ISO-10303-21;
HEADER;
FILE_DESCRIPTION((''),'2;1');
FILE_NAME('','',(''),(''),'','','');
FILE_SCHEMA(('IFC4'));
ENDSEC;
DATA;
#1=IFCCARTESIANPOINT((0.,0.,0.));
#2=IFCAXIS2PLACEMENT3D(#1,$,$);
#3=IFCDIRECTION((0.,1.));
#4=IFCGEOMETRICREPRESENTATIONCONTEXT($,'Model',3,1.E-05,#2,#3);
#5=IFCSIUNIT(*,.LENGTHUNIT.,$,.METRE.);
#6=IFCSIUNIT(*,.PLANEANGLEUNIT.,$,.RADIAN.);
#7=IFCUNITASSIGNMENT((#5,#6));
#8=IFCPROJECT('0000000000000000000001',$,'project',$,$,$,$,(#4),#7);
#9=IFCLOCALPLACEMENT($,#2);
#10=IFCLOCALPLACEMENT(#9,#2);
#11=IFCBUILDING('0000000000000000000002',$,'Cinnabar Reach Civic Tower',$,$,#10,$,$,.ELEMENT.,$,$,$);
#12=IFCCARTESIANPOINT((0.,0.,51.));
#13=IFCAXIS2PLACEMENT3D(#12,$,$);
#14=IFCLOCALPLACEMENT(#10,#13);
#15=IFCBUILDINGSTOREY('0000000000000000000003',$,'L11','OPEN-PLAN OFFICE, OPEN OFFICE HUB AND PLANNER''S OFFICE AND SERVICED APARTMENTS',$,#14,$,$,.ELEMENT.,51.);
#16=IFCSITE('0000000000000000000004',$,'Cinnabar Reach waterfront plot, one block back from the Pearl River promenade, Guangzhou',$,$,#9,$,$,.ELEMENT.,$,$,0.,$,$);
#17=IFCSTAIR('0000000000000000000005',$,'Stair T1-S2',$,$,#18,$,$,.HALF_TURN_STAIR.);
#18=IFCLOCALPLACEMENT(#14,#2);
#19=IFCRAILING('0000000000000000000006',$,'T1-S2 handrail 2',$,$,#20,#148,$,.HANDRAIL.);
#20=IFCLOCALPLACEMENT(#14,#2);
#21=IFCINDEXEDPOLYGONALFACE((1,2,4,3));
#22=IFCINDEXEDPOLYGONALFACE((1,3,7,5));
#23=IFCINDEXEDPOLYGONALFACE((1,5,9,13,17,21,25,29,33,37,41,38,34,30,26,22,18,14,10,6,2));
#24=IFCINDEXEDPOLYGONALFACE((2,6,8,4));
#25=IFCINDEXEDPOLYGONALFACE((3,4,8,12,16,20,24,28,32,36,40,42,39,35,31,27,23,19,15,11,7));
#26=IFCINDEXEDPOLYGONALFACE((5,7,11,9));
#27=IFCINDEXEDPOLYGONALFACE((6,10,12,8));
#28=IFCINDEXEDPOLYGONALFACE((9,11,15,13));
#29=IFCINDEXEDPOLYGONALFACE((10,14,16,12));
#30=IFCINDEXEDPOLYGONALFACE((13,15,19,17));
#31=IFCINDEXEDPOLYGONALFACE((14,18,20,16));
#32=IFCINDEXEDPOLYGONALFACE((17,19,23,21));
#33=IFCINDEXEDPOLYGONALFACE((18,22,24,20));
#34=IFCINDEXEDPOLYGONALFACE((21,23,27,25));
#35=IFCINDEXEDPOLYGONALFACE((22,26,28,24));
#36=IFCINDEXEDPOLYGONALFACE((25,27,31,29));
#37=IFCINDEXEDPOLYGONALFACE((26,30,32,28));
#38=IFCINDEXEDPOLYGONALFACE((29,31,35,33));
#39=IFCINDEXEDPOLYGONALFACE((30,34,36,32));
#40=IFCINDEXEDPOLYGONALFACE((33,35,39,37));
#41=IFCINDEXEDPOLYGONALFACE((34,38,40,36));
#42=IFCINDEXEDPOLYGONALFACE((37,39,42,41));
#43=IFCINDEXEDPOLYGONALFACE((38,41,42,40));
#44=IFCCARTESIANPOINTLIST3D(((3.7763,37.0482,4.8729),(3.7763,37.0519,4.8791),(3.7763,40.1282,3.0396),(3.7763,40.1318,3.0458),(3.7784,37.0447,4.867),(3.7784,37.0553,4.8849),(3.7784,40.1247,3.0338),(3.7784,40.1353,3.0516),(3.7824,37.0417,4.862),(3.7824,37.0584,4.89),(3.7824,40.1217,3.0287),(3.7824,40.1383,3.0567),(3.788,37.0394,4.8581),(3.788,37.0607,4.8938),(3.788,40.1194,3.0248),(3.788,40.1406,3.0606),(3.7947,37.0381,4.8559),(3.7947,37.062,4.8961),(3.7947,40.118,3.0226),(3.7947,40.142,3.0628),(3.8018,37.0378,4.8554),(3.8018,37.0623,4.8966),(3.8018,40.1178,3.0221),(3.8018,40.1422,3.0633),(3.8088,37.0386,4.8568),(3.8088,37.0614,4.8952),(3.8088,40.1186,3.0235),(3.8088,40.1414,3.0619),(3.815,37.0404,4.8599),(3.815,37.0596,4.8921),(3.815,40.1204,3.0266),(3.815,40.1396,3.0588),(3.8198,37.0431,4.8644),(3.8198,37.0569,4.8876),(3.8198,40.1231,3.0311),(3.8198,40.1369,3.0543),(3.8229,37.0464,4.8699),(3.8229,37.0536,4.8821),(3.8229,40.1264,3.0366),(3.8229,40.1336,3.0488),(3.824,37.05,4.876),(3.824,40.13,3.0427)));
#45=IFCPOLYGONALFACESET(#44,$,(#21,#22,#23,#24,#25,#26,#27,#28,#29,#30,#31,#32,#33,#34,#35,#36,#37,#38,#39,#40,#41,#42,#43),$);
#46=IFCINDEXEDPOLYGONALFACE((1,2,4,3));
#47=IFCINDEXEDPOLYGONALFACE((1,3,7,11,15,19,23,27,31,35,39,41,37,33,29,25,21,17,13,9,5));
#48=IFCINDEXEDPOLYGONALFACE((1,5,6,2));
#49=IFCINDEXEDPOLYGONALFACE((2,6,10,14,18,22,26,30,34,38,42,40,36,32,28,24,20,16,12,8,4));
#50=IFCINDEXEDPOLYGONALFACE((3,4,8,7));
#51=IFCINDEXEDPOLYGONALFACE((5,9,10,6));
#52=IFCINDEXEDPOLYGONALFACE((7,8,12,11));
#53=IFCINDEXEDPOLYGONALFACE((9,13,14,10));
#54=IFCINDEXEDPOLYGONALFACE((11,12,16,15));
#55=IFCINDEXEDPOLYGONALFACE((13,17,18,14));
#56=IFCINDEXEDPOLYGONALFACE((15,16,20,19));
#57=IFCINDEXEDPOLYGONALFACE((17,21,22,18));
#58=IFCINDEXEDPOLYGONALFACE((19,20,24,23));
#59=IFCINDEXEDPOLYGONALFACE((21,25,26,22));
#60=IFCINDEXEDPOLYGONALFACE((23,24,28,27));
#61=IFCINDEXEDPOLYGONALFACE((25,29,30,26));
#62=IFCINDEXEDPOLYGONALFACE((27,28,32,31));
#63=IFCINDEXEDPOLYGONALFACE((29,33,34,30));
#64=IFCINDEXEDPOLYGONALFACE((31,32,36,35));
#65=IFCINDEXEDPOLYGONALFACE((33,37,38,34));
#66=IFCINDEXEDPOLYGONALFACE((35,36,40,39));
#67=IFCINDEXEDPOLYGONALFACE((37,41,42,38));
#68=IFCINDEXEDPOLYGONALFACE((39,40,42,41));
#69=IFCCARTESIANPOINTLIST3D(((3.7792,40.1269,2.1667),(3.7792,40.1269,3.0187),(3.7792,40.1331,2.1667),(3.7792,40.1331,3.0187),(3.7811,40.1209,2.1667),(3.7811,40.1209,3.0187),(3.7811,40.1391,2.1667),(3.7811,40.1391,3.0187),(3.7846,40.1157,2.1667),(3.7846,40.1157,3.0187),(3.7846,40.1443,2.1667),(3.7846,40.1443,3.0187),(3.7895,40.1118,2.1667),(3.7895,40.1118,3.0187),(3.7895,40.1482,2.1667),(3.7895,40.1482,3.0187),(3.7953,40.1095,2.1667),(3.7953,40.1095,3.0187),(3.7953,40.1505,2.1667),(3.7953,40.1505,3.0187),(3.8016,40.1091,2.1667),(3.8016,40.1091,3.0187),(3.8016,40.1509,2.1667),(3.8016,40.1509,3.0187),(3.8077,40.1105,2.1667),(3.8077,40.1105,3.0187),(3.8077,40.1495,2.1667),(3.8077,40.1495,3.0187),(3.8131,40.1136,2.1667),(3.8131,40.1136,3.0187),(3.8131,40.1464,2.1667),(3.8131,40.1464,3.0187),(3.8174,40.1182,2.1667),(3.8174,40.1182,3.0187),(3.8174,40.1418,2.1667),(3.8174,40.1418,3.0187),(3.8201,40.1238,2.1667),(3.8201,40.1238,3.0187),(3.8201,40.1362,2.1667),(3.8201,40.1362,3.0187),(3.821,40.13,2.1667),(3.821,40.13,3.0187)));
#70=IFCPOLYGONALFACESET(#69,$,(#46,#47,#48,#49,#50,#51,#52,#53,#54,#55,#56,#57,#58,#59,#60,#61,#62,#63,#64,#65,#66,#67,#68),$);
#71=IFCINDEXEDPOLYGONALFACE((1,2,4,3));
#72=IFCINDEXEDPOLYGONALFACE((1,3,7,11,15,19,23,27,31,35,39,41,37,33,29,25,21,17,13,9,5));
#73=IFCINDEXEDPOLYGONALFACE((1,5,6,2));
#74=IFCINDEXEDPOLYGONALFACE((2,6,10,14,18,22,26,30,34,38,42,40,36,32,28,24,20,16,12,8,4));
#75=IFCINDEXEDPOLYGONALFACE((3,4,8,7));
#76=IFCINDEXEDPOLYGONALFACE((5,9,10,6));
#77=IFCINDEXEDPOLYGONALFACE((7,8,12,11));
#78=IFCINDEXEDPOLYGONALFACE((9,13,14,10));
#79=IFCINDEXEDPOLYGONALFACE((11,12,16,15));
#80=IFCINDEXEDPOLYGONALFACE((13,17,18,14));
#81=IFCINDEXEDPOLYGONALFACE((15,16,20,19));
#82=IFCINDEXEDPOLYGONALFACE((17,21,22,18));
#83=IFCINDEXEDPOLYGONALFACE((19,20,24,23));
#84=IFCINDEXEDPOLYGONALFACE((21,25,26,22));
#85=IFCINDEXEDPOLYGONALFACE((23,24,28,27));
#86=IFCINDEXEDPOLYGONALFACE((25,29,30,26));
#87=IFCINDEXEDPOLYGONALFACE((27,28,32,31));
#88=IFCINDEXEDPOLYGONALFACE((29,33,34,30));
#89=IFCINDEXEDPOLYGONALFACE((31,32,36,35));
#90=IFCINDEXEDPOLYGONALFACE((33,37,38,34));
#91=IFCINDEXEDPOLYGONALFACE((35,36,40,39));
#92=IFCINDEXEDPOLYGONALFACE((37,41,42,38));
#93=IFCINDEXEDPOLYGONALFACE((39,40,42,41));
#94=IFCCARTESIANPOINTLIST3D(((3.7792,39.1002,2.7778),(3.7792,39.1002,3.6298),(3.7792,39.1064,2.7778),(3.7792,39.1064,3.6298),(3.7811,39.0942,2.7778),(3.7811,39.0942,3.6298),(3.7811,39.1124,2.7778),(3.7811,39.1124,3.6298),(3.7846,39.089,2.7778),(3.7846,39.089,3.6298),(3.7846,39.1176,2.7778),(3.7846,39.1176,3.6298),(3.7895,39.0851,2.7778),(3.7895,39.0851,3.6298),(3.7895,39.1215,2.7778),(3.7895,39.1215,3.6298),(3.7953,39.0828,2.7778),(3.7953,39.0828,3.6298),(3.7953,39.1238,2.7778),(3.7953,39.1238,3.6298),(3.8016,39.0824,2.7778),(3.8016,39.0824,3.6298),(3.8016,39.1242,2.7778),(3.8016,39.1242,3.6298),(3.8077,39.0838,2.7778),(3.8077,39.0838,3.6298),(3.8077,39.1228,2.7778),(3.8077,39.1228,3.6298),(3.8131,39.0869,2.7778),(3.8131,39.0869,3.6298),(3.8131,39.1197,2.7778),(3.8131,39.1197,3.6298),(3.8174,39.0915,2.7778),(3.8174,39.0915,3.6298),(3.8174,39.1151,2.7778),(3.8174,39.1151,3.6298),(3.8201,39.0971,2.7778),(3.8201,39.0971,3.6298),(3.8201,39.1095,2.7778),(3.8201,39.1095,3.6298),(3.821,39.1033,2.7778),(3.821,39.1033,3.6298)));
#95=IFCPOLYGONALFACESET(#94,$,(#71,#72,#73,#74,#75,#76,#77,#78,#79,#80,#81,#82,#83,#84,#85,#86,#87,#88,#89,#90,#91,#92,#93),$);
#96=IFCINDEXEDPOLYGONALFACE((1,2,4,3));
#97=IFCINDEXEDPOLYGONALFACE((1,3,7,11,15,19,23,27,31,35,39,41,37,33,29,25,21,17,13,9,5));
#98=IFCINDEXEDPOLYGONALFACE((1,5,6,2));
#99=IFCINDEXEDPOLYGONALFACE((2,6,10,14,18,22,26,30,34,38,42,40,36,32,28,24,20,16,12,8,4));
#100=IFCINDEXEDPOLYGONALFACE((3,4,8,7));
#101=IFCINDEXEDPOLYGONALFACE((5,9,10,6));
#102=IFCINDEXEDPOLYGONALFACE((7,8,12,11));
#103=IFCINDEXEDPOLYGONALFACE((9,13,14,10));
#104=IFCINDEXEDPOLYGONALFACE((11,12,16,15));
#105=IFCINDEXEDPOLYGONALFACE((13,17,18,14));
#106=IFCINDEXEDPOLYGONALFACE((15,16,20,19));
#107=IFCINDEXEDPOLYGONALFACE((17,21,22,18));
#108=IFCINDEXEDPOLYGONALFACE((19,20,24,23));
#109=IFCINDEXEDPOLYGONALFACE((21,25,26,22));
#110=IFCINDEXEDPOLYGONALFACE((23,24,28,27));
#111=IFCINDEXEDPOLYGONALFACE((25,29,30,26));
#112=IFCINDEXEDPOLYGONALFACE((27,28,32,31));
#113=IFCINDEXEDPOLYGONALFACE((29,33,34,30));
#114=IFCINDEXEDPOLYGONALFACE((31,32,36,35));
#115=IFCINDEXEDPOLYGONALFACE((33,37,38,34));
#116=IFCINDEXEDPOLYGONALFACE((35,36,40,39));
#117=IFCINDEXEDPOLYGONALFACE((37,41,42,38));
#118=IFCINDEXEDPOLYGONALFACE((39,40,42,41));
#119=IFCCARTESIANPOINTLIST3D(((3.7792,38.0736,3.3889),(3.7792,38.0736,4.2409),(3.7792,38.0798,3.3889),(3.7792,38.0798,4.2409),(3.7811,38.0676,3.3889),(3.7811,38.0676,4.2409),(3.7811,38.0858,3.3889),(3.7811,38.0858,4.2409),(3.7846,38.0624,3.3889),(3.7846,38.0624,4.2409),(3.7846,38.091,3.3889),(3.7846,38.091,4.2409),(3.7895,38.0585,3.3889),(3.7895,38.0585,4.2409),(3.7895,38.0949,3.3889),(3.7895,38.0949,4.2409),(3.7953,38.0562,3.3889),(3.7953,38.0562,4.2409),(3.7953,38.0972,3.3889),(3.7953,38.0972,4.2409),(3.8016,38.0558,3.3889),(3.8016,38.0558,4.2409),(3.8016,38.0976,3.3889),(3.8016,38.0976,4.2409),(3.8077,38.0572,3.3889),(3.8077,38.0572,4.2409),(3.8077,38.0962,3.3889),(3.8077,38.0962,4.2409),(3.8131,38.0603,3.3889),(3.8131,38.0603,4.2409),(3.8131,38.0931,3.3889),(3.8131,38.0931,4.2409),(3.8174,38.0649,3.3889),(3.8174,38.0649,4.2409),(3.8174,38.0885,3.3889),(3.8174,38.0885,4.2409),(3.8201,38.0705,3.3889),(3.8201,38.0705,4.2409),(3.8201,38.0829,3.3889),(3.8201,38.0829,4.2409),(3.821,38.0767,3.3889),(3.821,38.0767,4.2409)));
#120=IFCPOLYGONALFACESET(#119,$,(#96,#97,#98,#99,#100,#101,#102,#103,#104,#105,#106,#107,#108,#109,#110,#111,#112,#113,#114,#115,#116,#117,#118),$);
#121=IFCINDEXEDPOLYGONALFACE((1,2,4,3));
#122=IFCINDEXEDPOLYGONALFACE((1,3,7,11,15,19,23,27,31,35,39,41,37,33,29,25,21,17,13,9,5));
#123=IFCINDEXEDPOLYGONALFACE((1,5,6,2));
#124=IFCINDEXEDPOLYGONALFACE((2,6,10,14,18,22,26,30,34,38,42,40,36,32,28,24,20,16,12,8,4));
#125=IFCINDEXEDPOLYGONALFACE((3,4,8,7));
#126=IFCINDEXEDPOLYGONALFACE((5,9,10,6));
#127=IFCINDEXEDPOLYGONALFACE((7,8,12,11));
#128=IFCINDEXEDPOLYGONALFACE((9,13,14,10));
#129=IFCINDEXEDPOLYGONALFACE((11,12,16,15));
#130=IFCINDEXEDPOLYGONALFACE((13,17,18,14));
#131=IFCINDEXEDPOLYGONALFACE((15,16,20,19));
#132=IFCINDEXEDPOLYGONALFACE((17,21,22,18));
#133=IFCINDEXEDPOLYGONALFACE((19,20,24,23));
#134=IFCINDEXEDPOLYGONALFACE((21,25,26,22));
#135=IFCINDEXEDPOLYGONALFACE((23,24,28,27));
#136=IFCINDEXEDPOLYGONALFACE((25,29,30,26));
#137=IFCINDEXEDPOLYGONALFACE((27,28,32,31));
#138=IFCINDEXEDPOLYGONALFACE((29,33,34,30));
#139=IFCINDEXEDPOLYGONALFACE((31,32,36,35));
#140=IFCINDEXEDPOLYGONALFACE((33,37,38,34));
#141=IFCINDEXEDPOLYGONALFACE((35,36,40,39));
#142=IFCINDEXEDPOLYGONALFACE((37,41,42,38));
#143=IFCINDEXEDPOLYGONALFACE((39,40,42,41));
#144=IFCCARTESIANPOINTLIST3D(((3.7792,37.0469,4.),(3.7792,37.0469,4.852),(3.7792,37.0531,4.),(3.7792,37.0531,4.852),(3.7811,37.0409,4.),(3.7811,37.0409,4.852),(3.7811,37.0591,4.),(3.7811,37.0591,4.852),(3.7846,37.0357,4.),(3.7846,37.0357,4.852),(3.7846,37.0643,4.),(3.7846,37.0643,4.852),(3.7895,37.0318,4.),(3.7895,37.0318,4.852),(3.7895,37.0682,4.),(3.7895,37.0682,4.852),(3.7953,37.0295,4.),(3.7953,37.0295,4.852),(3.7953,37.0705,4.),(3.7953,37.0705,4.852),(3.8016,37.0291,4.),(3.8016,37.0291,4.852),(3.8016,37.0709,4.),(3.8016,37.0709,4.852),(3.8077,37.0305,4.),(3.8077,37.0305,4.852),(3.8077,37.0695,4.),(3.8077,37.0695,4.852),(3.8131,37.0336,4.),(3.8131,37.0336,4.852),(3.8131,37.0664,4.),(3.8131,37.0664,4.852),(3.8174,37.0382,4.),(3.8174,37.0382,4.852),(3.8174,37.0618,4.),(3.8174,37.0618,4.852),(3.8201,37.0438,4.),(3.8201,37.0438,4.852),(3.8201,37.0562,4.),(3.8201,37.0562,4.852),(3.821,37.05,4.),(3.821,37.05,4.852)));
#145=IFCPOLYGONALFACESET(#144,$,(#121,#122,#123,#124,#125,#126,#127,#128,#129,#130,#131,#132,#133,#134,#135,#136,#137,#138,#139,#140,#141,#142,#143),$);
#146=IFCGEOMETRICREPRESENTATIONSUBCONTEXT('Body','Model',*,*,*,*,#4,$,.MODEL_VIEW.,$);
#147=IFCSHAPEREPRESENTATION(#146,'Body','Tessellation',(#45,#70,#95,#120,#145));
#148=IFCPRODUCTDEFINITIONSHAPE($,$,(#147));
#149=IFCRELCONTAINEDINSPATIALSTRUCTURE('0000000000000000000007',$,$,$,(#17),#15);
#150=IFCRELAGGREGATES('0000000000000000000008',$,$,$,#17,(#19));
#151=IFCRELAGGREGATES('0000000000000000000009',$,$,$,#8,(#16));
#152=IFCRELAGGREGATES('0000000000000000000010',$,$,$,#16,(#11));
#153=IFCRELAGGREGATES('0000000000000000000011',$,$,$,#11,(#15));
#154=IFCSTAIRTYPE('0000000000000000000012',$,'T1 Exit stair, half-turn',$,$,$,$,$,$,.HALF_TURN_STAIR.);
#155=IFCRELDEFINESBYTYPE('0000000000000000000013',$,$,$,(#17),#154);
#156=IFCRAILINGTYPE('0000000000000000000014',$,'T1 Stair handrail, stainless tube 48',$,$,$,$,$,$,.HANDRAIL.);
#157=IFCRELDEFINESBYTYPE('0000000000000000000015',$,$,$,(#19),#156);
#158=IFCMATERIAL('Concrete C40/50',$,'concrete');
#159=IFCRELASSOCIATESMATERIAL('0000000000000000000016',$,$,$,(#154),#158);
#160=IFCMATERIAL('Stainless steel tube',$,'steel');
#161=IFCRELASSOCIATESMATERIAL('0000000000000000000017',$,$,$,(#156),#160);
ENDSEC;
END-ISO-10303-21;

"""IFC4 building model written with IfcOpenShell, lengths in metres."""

from ifc_helpers import new_model, si_unit, direction, frame, origin, origin_2d, place, context, subcontext, project, spatial, circle, extrude, material, type_object, element, aggregate, save


model = new_model("IFC4")

# Units and contexts
model_context = context("Model", 3, precision=1e-05, world=origin(), true_north=direction((0.0, 1.0)))
body_context = subcontext(model_context, "Body", "Model", "MODEL_VIEW")
ifc_project = project(units=[si_unit("LENGTHUNIT", "METRE"), si_unit("PLANEANGLEUNIT", "RADIAN")], contexts=[model_context])

# Site, building, storey
site_placement = place(None, origin())
site = spatial("IfcSite", under=ifc_project, at=site_placement, Name="Cinnabar Reach waterfront plot, one block back from the Pearl River promenade, Guangzhou", CompositionType="ELEMENT", RefElevation=0.0)
building_placement = place(site_placement, origin())
building = spatial("IfcBuilding", under=site, at=building_placement, Name="Cinnabar Reach Civic Tower", CompositionType="ELEMENT")
storey_placement = place(building_placement, frame((0.0, 0.0, 51.0)))
storey = spatial("IfcBuildingStorey", under=building, at=storey_placement, Name="L11", Description="OPEN-PLAN OFFICE, OPEN OFFICE HUB AND PLANNER'S OFFICE AND SERVICED APARTMENTS", CompositionType="ELEMENT", Elevation=51.0)

# Shared definitions
ifc_material_1 = material(Name="Concrete C40/50", Category="concrete")

# Stair, railing
stair_type = type_object("IfcStairType", Name="T1 Exit stair, half-turn", PredefinedType="HALF_TURN_STAIR", material=ifc_material_1)
stair_placement = place(storey_placement, origin())
stair = element("IfcStair", 1, at=stair_placement, inside=storey, type_object=stair_type, Name="Stair T1-S2", PredefinedType="HALF_TURN_STAIR")
ifc_material_2 = material(Name="Stainless steel tube", Category="steel")
railing_type = type_object("IfcRailingType", Name="T1 Stair handrail, stainless tube 48", PredefinedType="HANDRAIL", material=ifc_material_2)
railing_1_placement = place(storey_placement, frame((3.8, 40.13, 2.1667)))
railing_1 = element("IfcRailing", 2, at=railing_1_placement, type_object=railing_type, Name="T1-S2 handrail 2", PredefinedType="HANDRAIL", context=body_context, shape_type="SweptSolid", body=[
    extrude(circle(Radius=0.024, at=origin_2d()), frame((0.0, 0.0, 0.876), z_axis=(0.0, -0.859297, 0.511477), x_axis=(1.0, 0.0, 0.0)), (0.0, 0.0, 1.0), 3.5843),
    extrude(circle(Radius=0.021, at=origin_2d()), origin(), (0.0, 0.0, 1.0), 0.852),
    extrude(circle(Radius=0.021, at=origin_2d()), frame((0.0, -1.0267, 0.6111)), (0.0, 0.0, 1.0), 0.852),
    extrude(circle(Radius=0.021, at=origin_2d()), frame((0.0, -2.0533, 1.2222)), (0.0, 0.0, 1.0), 0.852),
    extrude(circle(Radius=0.021, at=origin_2d()), frame((0.0, -3.08, 1.8333)), (0.0, 0.0, 1.0), 0.852),
])
aggregate(stair, [railing_1])

save(model, "model.ifc")
